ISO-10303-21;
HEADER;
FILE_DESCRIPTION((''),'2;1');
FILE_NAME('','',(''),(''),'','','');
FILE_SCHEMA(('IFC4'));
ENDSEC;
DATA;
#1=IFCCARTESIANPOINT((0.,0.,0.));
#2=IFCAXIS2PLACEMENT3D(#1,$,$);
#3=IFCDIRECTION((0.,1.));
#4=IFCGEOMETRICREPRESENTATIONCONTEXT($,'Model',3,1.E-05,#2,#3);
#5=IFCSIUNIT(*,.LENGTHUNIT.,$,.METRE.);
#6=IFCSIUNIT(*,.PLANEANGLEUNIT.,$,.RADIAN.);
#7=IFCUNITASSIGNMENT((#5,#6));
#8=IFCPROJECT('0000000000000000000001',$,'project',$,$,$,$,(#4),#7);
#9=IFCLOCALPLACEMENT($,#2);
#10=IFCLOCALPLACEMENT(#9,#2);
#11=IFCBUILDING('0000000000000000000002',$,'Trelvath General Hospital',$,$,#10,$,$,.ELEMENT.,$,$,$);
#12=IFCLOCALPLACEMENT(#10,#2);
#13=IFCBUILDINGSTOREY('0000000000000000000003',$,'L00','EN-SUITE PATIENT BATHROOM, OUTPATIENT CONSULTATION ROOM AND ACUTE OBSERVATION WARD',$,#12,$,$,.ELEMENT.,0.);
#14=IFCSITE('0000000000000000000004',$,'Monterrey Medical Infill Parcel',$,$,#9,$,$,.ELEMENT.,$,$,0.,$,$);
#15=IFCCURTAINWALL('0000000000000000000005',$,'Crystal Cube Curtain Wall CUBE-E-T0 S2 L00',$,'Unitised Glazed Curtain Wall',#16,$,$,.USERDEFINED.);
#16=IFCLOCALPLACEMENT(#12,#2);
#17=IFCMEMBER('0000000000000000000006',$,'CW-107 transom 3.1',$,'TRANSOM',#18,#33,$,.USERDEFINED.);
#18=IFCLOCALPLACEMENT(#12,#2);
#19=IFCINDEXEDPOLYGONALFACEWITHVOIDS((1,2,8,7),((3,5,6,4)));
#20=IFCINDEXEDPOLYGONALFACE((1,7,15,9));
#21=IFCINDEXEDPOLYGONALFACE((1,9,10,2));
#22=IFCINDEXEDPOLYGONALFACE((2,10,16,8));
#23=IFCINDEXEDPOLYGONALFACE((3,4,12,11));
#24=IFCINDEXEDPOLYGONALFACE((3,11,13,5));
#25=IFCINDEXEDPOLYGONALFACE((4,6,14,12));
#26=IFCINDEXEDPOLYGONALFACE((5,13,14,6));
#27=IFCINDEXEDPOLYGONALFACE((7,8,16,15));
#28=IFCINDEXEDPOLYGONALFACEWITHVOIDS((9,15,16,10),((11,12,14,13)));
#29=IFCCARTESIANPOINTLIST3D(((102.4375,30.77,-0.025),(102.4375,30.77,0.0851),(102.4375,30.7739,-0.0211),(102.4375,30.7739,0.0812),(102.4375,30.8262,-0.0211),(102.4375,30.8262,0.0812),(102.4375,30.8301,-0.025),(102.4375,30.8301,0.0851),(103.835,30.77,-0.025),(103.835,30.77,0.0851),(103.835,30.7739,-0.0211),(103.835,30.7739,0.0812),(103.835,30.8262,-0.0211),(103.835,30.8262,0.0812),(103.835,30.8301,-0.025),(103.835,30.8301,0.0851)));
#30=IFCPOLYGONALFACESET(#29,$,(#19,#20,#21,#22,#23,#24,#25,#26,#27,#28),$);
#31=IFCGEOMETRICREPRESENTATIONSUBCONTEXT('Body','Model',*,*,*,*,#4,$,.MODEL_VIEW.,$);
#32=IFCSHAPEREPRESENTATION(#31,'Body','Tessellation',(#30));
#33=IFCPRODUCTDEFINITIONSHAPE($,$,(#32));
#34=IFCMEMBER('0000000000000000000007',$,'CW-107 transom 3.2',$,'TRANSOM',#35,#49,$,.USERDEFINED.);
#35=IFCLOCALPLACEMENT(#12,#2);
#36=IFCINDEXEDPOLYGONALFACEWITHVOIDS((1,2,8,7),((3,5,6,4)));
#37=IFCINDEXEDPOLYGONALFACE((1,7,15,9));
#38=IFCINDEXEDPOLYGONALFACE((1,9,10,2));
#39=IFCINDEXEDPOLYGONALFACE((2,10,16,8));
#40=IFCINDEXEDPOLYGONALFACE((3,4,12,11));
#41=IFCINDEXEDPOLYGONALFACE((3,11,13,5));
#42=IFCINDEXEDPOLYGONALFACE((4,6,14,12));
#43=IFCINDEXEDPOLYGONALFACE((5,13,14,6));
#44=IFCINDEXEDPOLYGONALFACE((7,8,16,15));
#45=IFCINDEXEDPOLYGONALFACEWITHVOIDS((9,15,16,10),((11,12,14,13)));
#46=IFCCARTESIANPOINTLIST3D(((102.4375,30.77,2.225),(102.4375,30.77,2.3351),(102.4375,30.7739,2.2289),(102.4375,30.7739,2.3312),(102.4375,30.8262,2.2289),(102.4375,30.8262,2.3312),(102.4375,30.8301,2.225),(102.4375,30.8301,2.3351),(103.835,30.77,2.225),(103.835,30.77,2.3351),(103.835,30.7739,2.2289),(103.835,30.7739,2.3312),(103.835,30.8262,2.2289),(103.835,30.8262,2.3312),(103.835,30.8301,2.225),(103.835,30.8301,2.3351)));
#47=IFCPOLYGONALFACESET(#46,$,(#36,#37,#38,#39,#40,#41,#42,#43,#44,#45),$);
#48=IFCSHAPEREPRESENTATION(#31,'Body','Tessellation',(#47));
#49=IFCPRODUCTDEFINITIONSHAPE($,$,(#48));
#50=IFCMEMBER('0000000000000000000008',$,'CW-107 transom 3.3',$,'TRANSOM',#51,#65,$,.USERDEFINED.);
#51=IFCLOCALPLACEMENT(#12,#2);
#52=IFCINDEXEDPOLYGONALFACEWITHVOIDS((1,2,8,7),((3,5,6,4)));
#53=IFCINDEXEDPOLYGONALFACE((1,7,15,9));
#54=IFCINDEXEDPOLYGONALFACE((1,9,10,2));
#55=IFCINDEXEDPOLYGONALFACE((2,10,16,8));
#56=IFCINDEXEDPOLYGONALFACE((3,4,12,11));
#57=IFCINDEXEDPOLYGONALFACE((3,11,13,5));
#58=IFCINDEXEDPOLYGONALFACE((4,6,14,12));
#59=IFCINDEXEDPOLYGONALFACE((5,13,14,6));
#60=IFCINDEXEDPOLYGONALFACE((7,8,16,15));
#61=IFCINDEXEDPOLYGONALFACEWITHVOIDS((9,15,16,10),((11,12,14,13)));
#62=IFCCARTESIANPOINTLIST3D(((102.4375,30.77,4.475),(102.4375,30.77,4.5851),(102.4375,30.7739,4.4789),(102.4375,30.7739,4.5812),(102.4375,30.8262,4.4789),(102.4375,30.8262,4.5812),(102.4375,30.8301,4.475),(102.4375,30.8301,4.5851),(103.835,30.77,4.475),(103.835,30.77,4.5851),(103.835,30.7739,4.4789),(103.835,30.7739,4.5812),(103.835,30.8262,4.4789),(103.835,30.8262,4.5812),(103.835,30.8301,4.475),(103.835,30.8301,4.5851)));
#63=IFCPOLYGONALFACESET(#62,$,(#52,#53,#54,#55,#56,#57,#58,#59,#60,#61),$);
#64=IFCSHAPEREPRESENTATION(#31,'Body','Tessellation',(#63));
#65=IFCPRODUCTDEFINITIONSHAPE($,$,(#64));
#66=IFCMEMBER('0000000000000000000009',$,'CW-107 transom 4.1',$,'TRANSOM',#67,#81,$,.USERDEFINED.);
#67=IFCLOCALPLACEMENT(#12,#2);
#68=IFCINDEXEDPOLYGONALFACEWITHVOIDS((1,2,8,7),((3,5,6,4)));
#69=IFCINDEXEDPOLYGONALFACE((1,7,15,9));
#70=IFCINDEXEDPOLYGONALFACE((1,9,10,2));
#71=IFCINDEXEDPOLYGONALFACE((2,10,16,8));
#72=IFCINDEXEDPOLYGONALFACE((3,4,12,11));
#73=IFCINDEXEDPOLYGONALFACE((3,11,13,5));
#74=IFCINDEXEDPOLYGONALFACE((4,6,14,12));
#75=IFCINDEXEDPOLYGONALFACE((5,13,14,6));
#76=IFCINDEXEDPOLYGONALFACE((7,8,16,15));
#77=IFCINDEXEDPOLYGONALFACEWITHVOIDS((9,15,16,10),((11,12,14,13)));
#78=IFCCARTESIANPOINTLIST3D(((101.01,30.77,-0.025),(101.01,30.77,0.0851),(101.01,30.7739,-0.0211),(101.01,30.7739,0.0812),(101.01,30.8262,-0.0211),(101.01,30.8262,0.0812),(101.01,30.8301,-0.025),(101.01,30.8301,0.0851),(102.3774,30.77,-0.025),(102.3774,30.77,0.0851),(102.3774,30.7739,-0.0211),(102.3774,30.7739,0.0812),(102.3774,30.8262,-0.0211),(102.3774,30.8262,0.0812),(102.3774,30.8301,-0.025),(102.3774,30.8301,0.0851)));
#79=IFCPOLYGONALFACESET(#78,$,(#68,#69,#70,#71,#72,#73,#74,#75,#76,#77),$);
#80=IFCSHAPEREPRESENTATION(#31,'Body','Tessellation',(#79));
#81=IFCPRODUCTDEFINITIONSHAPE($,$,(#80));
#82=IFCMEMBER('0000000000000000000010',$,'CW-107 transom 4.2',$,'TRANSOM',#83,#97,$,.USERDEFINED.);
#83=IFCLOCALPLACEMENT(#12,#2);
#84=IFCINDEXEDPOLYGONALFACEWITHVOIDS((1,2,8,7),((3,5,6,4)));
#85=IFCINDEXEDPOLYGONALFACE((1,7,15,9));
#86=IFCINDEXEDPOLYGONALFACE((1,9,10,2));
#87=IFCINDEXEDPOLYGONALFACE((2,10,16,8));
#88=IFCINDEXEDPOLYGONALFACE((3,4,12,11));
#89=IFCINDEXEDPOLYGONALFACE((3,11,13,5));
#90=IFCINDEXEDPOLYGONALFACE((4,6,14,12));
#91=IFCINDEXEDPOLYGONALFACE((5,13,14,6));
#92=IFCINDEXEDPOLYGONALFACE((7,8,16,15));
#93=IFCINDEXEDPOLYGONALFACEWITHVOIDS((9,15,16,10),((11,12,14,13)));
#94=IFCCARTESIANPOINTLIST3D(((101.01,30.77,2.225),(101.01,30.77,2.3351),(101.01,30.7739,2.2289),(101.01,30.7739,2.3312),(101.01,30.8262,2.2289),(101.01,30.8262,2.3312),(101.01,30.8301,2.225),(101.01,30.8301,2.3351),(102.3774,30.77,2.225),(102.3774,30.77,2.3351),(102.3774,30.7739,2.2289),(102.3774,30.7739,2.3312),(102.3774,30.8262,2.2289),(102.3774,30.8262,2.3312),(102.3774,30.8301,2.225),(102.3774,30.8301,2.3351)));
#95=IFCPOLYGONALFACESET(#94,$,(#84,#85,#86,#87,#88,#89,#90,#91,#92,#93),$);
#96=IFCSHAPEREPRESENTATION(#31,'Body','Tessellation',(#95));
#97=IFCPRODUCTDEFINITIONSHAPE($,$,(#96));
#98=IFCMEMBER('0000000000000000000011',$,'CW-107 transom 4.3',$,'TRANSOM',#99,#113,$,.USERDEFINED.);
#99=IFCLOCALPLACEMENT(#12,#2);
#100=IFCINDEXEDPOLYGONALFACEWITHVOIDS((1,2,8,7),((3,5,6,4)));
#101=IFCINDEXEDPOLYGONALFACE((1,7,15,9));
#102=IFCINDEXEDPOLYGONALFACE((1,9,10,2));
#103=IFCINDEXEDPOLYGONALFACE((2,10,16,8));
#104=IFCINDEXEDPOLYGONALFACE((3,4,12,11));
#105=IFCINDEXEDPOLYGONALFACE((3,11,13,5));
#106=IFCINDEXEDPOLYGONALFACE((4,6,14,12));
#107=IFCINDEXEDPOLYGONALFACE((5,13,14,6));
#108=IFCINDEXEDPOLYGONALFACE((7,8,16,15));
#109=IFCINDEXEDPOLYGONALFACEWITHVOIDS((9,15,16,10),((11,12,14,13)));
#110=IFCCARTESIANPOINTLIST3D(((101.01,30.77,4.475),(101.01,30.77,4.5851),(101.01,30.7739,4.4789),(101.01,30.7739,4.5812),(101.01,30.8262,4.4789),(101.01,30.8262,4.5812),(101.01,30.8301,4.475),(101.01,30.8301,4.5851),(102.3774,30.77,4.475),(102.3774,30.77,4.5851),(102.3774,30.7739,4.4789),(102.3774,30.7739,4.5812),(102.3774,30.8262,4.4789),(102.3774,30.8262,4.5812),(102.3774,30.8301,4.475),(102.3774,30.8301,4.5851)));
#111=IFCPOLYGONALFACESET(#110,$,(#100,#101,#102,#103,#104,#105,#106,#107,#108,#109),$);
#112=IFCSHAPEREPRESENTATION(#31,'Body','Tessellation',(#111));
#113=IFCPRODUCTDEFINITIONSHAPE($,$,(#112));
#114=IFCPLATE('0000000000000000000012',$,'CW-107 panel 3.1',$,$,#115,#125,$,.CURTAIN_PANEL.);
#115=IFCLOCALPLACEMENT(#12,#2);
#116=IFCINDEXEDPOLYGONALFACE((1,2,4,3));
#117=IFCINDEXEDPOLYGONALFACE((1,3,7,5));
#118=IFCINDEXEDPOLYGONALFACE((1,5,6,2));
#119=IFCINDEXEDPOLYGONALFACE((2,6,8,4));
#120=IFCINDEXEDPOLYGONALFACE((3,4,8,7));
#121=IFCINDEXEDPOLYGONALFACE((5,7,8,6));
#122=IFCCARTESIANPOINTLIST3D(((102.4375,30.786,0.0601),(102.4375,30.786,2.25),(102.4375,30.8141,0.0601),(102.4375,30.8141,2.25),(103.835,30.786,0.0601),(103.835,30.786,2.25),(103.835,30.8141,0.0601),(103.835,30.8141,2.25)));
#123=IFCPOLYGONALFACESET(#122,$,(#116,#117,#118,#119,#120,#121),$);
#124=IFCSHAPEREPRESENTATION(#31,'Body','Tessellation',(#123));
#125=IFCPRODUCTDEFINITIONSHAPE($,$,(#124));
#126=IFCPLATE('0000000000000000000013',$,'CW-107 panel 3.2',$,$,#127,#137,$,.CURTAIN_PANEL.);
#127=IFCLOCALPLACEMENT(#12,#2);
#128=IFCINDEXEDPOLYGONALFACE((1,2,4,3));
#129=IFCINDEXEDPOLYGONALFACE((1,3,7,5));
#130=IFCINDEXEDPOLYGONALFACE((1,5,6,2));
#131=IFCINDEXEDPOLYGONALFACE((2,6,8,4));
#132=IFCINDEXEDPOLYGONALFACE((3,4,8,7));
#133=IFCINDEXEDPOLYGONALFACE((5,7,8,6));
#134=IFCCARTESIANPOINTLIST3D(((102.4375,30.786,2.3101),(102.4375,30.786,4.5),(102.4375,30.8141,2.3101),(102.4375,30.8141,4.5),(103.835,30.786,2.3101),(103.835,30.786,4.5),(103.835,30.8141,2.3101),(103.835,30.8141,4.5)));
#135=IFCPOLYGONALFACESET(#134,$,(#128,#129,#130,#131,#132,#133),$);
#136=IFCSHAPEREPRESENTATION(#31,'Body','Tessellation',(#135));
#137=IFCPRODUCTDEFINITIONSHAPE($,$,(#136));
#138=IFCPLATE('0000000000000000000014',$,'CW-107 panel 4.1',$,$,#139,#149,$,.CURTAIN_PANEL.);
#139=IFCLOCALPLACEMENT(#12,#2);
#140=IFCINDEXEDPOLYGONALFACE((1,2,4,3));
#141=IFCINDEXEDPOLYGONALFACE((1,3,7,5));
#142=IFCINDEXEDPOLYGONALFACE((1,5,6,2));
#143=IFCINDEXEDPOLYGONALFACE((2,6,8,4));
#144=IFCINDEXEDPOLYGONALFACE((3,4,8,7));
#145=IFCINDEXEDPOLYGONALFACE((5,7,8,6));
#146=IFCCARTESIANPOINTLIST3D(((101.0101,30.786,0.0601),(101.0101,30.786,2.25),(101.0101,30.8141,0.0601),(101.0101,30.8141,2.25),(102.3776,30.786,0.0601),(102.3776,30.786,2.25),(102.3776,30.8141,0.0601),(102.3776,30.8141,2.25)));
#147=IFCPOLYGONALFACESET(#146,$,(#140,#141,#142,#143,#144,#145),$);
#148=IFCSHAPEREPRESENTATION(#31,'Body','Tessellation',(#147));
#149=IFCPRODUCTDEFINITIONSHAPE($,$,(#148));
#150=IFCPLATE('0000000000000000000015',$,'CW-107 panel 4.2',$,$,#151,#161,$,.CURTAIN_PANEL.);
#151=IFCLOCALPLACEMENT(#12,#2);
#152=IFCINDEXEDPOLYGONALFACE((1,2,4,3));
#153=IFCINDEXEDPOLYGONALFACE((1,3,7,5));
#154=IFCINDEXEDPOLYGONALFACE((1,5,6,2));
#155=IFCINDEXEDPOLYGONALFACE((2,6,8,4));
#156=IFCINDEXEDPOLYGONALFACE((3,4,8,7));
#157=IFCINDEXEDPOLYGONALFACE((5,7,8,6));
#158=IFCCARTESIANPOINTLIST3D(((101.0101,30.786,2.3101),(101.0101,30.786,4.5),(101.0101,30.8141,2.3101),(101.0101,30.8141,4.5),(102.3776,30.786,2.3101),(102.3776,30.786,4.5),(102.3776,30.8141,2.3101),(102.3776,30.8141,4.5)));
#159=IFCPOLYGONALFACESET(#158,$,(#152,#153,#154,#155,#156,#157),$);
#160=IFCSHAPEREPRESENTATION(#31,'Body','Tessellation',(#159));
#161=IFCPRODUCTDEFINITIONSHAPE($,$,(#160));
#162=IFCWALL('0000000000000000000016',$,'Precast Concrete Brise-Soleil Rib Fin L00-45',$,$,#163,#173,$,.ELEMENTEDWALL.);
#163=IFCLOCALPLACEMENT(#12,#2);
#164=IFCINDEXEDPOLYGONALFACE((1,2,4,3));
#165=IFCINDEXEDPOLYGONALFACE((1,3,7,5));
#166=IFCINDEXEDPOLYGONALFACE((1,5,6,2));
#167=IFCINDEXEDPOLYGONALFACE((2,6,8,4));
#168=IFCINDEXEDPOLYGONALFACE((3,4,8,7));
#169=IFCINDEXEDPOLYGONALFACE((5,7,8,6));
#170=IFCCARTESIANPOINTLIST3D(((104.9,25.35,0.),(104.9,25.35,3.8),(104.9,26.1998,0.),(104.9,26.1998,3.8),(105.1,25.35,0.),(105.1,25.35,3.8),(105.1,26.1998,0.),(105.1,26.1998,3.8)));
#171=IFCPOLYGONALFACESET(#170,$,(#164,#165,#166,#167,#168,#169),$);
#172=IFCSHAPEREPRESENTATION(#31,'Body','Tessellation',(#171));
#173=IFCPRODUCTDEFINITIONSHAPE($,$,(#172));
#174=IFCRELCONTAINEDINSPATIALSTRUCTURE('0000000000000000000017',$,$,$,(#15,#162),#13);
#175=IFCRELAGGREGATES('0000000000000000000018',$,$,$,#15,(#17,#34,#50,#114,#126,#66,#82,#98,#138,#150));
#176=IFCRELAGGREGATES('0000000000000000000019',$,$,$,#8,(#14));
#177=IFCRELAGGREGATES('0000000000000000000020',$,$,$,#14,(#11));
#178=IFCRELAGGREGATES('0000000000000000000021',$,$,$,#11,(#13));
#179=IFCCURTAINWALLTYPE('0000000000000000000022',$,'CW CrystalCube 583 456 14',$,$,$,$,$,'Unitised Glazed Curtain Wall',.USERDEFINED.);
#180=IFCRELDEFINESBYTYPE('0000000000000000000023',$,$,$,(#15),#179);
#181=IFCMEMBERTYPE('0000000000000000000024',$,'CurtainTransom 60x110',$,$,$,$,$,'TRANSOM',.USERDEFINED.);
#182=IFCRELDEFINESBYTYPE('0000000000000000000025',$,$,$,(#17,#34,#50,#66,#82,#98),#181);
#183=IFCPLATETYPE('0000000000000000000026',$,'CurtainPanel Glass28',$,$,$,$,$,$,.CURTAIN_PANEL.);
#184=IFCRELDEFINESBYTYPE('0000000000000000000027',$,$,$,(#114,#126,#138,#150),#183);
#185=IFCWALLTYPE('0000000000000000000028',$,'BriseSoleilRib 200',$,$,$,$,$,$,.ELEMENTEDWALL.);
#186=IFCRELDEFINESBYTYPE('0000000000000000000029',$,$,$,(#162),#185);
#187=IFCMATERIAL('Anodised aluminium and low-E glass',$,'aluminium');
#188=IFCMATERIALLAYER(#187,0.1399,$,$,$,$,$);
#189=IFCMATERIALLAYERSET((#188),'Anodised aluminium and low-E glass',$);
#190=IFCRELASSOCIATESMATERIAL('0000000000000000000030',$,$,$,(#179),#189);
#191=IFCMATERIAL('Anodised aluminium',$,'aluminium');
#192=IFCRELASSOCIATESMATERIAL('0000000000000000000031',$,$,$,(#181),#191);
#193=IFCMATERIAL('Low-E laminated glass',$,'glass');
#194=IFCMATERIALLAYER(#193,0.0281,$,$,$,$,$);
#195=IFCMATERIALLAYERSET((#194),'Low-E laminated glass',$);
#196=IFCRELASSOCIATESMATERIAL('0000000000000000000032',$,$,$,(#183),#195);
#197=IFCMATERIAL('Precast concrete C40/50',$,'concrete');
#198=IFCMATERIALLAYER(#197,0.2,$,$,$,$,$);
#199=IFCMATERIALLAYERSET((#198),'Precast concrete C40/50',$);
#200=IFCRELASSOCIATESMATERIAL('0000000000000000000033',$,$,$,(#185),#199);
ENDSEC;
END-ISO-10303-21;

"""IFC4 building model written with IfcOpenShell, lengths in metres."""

from ifc_helpers import new_model, si_unit, direction, frame, frame_2d, origin, origin_2d, place, context, subcontext, project, spatial, rectangle, hollow_rectangle, extrude, material, layer, layer_set, material_profile, profile_set, type_object, element, aggregate, save


model = new_model("IFC4")

# Units and contexts
model_context = context("Model", 3, precision=1e-05, world=origin(), true_north=direction((0.0, 1.0)))
body_context = subcontext(model_context, "Body", "Model", "MODEL_VIEW")
ifc_project = project(units=[si_unit("LENGTHUNIT", "METRE"), si_unit("PLANEANGLEUNIT", "RADIAN")], contexts=[model_context])

# Site, building, storey
site_placement = place(None, origin())
site = spatial("IfcSite", under=ifc_project, at=site_placement, Name="Monterrey Medical Infill Parcel", CompositionType="ELEMENT", RefElevation=0.0)
building_placement = place(site_placement, origin())
building = spatial("IfcBuilding", under=site, at=building_placement, Name="Trelvath General Hospital", CompositionType="ELEMENT")
storey_placement = place(building_placement, origin())
storey = spatial("IfcBuildingStorey", under=building, at=storey_placement, Name="L00", Description="EN-SUITE PATIENT BATHROOM, OUTPATIENT CONSULTATION ROOM AND ACUTE OBSERVATION WARD", CompositionType="ELEMENT", Elevation=0.0)

# Curtain wall, members, plates
ifc_material_1 = material(Name="Anodised aluminium and low-E glass", Category="aluminium")
ifc_layer_1 = layer(ifc_material_1, 0.1399)
ifc_layer_set_1 = layer_set([ifc_layer_1], Name="Anodised aluminium and low-E glass")
curtain_wall_type = type_object("IfcCurtainWallType", Name="CW CrystalCube 583 456 14", ElementType="Unitised Glazed Curtain Wall", PredefinedType="USERDEFINED", material=ifc_layer_set_1)
curtain_wall_placement = place(storey_placement, origin())
curtain_wall = element("IfcCurtainWall", 1, at=curtain_wall_placement, inside=storey, type_object=curtain_wall_type, Name="Crystal Cube Curtain Wall CUBE-E-T0 S2 L00", ObjectType="Unitised Glazed Curtain Wall", PredefinedType="USERDEFINED")
ifc_material_2 = material(Name="Anodised aluminium", Category="aluminium")
ifc_material_profile_1 = material_profile(ifc_material_2, hollow_rectangle(XDim=0.0601, YDim=0.1101, WallThickness=0.0039, at=origin_2d()), Name="RHS60x110x4")
ifc_profile_set_1 = profile_set([ifc_material_profile_1], Name="Anodised aluminium")
member_type_1 = type_object("IfcMemberType", Name="CurtainTransom 60x110", ElementType="TRANSOM", PredefinedType="USERDEFINED", material=ifc_profile_set_1)
member_1_placement = place(storey_placement, frame((103.835, 30.8, 0.03), z_axis=(-1.0, 0.0, 0.0), x_axis=(0.0, -1.0, 0.0)))
member_1 = element("IfcMember", 2, at=member_1_placement, type_object=member_type_1, Name="CW-107 transom 3.1", ObjectType="TRANSOM", PredefinedType="USERDEFINED", context=body_context, shape_type="SweptSolid", body=[
    extrude(hollow_rectangle(XDim=0.0601, YDim=0.1101, WallThickness=0.0039, at=origin_2d()), origin(), (0.0, 0.0, 1.0), 1.3975),
])
member_2_placement = place(storey_placement, frame((103.835, 30.8, 2.28), z_axis=(-1.0, 0.0, 0.0), x_axis=(0.0, -1.0, 0.0)))
member_2 = element("IfcMember", 3, at=member_2_placement, type_object=member_type_1, Name="CW-107 transom 3.2", ObjectType="TRANSOM", PredefinedType="USERDEFINED", context=body_context, shape_type="SweptSolid", body=[
    extrude(hollow_rectangle(XDim=0.0601, YDim=0.1101, WallThickness=0.0039, at=origin_2d()), origin(), (0.0, 0.0, 1.0), 1.3975),
])
member_3_placement = place(storey_placement, frame((103.835, 30.8, 4.53), z_axis=(-1.0, 0.0, 0.0), x_axis=(0.0, -1.0, 0.0)))
member_3 = element("IfcMember", 4, at=member_3_placement, type_object=member_type_1, Name="CW-107 transom 3.3", ObjectType="TRANSOM", PredefinedType="USERDEFINED", context=body_context, shape_type="SweptSolid", body=[
    extrude(hollow_rectangle(XDim=0.0601, YDim=0.1101, WallThickness=0.0039, at=origin_2d()), origin(), (0.0, 0.0, 1.0), 1.3975),
])
member_4_placement = place(storey_placement, frame((102.3774, 30.8, 0.03), z_axis=(-1.0, 0.0, 0.0), x_axis=(0.0, -1.0, 0.0)))
member_4 = element("IfcMember", 5, at=member_4_placement, type_object=member_type_1, Name="CW-107 transom 4.1", ObjectType="TRANSOM", PredefinedType="USERDEFINED", context=body_context, shape_type="SweptSolid", body=[
    extrude(hollow_rectangle(XDim=0.0601, YDim=0.1101, WallThickness=0.0039, at=origin_2d()), origin(), (0.0, 0.0, 1.0), 1.3674),
])
member_5_placement = place(storey_placement, frame((102.3774, 30.8, 2.28), z_axis=(-1.0, 0.0, 0.0), x_axis=(0.0, -1.0, 0.0)))
member_5 = element("IfcMember", 6, at=member_5_placement, type_object=member_type_1, Name="CW-107 transom 4.2", ObjectType="TRANSOM", PredefinedType="USERDEFINED", context=body_context, shape_type="SweptSolid", body=[
    extrude(hollow_rectangle(XDim=0.0601, YDim=0.1101, WallThickness=0.0039, at=origin_2d()), origin(), (0.0, 0.0, 1.0), 1.3674),
])
member_6_placement = place(storey_placement, frame((102.3774, 30.8, 4.53), z_axis=(-1.0, 0.0, 0.0), x_axis=(0.0, -1.0, 0.0)))
member_6 = element("IfcMember", 7, at=member_6_placement, type_object=member_type_1, Name="CW-107 transom 4.3", ObjectType="TRANSOM", PredefinedType="USERDEFINED", context=body_context, shape_type="SweptSolid", body=[
    extrude(hollow_rectangle(XDim=0.0601, YDim=0.1101, WallThickness=0.0039, at=origin_2d()), origin(), (0.0, 0.0, 1.0), 1.3674),
])
ifc_material_3 = material(Name="Low-E laminated glass", Category="glass")
ifc_layer_2 = layer(ifc_material_3, 0.0281)
ifc_layer_set_2 = layer_set([ifc_layer_2], Name="Low-E laminated glass")
plate_type = type_object("IfcPlateType", Name="CurtainPanel Glass28", PredefinedType="CURTAIN_PANEL", material=ifc_layer_set_2)
plate_1_placement = place(storey_placement, frame((103.1362, 30.8, 0.0601), z_axis=(0.0, 0.0, 1.0), x_axis=(-1.0, 0.0, 0.0)))
plate_1 = element("IfcPlate", 8, at=plate_1_placement, type_object=plate_type, Name="CW-107 panel 3.1", PredefinedType="CURTAIN_PANEL", context=body_context, shape_type="SweptSolid", body=[
    extrude(rectangle(XDim=1.3975, YDim=0.0281, at=origin_2d()), origin(), (0.0, 0.0, 1.0), 2.1899),
])
plate_2_placement = place(storey_placement, frame((103.1362, 30.8, 2.3101), z_axis=(0.0, 0.0, 1.0), x_axis=(-1.0, 0.0, 0.0)))
plate_2 = element("IfcPlate", 9, at=plate_2_placement, type_object=plate_type, Name="CW-107 panel 3.2", PredefinedType="CURTAIN_PANEL", context=body_context, shape_type="SweptSolid", body=[
    extrude(rectangle(XDim=1.3975, YDim=0.0281, at=origin_2d()), origin(), (0.0, 0.0, 1.0), 2.1899),
])
plate_3_placement = place(storey_placement, frame((101.6938, 30.8, 0.0601), z_axis=(0.0, 0.0, 1.0), x_axis=(-1.0, 0.0, 0.0)))
plate_3 = element("IfcPlate", 10, at=plate_3_placement, type_object=plate_type, Name="CW-107 panel 4.1", PredefinedType="CURTAIN_PANEL", context=body_context, shape_type="SweptSolid", body=[
    extrude(rectangle(XDim=1.3674, YDim=0.0281, at=origin_2d()), origin(), (0.0, 0.0, 1.0), 2.1899),
])
plate_4_placement = place(storey_placement, frame((101.6938, 30.8, 2.3101), z_axis=(0.0, 0.0, 1.0), x_axis=(-1.0, 0.0, 0.0)))
plate_4 = element("IfcPlate", 11, at=plate_4_placement, type_object=plate_type, Name="CW-107 panel 4.2", PredefinedType="CURTAIN_PANEL", context=body_context, shape_type="SweptSolid", body=[
    extrude(rectangle(XDim=1.3674, YDim=0.0281, at=origin_2d()), origin(), (0.0, 0.0, 1.0), 2.1899),
])
aggregate(curtain_wall, [member_1, member_2, member_3, plate_1, plate_2, member_4, member_5, member_6, plate_3, plate_4])

# Wall
ifc_material_4 = material(Name="Precast concrete C40/50", Category="concrete")
ifc_layer_3 = layer(ifc_material_4, 0.2)
ifc_layer_set_3 = layer_set([ifc_layer_3], Name="Precast concrete C40/50")
wall_type = type_object("IfcWallType", Name="BriseSoleilRib 200", PredefinedType="ELEMENTEDWALL", material=ifc_layer_set_3)
wall_placement = place(storey_placement, frame((105.0, 25.3501, 0.0), z_axis=(0.0, 0.0, 1.0), x_axis=(0.0, 1.0, 0.0)))
element("IfcWall", 12, at=wall_placement, inside=storey, type_object=wall_type, Name="Precast Concrete Brise-Soleil Rib Fin L00-45", PredefinedType="ELEMENTEDWALL", context=body_context, shape_type="SweptSolid", body=[
    extrude(rectangle(XDim=0.8499, YDim=0.2, at=frame_2d((0.4248, 0.0))), origin(), (0.0, 0.0, 1.0), 3.8),
])

save(model, "model.ifc")
